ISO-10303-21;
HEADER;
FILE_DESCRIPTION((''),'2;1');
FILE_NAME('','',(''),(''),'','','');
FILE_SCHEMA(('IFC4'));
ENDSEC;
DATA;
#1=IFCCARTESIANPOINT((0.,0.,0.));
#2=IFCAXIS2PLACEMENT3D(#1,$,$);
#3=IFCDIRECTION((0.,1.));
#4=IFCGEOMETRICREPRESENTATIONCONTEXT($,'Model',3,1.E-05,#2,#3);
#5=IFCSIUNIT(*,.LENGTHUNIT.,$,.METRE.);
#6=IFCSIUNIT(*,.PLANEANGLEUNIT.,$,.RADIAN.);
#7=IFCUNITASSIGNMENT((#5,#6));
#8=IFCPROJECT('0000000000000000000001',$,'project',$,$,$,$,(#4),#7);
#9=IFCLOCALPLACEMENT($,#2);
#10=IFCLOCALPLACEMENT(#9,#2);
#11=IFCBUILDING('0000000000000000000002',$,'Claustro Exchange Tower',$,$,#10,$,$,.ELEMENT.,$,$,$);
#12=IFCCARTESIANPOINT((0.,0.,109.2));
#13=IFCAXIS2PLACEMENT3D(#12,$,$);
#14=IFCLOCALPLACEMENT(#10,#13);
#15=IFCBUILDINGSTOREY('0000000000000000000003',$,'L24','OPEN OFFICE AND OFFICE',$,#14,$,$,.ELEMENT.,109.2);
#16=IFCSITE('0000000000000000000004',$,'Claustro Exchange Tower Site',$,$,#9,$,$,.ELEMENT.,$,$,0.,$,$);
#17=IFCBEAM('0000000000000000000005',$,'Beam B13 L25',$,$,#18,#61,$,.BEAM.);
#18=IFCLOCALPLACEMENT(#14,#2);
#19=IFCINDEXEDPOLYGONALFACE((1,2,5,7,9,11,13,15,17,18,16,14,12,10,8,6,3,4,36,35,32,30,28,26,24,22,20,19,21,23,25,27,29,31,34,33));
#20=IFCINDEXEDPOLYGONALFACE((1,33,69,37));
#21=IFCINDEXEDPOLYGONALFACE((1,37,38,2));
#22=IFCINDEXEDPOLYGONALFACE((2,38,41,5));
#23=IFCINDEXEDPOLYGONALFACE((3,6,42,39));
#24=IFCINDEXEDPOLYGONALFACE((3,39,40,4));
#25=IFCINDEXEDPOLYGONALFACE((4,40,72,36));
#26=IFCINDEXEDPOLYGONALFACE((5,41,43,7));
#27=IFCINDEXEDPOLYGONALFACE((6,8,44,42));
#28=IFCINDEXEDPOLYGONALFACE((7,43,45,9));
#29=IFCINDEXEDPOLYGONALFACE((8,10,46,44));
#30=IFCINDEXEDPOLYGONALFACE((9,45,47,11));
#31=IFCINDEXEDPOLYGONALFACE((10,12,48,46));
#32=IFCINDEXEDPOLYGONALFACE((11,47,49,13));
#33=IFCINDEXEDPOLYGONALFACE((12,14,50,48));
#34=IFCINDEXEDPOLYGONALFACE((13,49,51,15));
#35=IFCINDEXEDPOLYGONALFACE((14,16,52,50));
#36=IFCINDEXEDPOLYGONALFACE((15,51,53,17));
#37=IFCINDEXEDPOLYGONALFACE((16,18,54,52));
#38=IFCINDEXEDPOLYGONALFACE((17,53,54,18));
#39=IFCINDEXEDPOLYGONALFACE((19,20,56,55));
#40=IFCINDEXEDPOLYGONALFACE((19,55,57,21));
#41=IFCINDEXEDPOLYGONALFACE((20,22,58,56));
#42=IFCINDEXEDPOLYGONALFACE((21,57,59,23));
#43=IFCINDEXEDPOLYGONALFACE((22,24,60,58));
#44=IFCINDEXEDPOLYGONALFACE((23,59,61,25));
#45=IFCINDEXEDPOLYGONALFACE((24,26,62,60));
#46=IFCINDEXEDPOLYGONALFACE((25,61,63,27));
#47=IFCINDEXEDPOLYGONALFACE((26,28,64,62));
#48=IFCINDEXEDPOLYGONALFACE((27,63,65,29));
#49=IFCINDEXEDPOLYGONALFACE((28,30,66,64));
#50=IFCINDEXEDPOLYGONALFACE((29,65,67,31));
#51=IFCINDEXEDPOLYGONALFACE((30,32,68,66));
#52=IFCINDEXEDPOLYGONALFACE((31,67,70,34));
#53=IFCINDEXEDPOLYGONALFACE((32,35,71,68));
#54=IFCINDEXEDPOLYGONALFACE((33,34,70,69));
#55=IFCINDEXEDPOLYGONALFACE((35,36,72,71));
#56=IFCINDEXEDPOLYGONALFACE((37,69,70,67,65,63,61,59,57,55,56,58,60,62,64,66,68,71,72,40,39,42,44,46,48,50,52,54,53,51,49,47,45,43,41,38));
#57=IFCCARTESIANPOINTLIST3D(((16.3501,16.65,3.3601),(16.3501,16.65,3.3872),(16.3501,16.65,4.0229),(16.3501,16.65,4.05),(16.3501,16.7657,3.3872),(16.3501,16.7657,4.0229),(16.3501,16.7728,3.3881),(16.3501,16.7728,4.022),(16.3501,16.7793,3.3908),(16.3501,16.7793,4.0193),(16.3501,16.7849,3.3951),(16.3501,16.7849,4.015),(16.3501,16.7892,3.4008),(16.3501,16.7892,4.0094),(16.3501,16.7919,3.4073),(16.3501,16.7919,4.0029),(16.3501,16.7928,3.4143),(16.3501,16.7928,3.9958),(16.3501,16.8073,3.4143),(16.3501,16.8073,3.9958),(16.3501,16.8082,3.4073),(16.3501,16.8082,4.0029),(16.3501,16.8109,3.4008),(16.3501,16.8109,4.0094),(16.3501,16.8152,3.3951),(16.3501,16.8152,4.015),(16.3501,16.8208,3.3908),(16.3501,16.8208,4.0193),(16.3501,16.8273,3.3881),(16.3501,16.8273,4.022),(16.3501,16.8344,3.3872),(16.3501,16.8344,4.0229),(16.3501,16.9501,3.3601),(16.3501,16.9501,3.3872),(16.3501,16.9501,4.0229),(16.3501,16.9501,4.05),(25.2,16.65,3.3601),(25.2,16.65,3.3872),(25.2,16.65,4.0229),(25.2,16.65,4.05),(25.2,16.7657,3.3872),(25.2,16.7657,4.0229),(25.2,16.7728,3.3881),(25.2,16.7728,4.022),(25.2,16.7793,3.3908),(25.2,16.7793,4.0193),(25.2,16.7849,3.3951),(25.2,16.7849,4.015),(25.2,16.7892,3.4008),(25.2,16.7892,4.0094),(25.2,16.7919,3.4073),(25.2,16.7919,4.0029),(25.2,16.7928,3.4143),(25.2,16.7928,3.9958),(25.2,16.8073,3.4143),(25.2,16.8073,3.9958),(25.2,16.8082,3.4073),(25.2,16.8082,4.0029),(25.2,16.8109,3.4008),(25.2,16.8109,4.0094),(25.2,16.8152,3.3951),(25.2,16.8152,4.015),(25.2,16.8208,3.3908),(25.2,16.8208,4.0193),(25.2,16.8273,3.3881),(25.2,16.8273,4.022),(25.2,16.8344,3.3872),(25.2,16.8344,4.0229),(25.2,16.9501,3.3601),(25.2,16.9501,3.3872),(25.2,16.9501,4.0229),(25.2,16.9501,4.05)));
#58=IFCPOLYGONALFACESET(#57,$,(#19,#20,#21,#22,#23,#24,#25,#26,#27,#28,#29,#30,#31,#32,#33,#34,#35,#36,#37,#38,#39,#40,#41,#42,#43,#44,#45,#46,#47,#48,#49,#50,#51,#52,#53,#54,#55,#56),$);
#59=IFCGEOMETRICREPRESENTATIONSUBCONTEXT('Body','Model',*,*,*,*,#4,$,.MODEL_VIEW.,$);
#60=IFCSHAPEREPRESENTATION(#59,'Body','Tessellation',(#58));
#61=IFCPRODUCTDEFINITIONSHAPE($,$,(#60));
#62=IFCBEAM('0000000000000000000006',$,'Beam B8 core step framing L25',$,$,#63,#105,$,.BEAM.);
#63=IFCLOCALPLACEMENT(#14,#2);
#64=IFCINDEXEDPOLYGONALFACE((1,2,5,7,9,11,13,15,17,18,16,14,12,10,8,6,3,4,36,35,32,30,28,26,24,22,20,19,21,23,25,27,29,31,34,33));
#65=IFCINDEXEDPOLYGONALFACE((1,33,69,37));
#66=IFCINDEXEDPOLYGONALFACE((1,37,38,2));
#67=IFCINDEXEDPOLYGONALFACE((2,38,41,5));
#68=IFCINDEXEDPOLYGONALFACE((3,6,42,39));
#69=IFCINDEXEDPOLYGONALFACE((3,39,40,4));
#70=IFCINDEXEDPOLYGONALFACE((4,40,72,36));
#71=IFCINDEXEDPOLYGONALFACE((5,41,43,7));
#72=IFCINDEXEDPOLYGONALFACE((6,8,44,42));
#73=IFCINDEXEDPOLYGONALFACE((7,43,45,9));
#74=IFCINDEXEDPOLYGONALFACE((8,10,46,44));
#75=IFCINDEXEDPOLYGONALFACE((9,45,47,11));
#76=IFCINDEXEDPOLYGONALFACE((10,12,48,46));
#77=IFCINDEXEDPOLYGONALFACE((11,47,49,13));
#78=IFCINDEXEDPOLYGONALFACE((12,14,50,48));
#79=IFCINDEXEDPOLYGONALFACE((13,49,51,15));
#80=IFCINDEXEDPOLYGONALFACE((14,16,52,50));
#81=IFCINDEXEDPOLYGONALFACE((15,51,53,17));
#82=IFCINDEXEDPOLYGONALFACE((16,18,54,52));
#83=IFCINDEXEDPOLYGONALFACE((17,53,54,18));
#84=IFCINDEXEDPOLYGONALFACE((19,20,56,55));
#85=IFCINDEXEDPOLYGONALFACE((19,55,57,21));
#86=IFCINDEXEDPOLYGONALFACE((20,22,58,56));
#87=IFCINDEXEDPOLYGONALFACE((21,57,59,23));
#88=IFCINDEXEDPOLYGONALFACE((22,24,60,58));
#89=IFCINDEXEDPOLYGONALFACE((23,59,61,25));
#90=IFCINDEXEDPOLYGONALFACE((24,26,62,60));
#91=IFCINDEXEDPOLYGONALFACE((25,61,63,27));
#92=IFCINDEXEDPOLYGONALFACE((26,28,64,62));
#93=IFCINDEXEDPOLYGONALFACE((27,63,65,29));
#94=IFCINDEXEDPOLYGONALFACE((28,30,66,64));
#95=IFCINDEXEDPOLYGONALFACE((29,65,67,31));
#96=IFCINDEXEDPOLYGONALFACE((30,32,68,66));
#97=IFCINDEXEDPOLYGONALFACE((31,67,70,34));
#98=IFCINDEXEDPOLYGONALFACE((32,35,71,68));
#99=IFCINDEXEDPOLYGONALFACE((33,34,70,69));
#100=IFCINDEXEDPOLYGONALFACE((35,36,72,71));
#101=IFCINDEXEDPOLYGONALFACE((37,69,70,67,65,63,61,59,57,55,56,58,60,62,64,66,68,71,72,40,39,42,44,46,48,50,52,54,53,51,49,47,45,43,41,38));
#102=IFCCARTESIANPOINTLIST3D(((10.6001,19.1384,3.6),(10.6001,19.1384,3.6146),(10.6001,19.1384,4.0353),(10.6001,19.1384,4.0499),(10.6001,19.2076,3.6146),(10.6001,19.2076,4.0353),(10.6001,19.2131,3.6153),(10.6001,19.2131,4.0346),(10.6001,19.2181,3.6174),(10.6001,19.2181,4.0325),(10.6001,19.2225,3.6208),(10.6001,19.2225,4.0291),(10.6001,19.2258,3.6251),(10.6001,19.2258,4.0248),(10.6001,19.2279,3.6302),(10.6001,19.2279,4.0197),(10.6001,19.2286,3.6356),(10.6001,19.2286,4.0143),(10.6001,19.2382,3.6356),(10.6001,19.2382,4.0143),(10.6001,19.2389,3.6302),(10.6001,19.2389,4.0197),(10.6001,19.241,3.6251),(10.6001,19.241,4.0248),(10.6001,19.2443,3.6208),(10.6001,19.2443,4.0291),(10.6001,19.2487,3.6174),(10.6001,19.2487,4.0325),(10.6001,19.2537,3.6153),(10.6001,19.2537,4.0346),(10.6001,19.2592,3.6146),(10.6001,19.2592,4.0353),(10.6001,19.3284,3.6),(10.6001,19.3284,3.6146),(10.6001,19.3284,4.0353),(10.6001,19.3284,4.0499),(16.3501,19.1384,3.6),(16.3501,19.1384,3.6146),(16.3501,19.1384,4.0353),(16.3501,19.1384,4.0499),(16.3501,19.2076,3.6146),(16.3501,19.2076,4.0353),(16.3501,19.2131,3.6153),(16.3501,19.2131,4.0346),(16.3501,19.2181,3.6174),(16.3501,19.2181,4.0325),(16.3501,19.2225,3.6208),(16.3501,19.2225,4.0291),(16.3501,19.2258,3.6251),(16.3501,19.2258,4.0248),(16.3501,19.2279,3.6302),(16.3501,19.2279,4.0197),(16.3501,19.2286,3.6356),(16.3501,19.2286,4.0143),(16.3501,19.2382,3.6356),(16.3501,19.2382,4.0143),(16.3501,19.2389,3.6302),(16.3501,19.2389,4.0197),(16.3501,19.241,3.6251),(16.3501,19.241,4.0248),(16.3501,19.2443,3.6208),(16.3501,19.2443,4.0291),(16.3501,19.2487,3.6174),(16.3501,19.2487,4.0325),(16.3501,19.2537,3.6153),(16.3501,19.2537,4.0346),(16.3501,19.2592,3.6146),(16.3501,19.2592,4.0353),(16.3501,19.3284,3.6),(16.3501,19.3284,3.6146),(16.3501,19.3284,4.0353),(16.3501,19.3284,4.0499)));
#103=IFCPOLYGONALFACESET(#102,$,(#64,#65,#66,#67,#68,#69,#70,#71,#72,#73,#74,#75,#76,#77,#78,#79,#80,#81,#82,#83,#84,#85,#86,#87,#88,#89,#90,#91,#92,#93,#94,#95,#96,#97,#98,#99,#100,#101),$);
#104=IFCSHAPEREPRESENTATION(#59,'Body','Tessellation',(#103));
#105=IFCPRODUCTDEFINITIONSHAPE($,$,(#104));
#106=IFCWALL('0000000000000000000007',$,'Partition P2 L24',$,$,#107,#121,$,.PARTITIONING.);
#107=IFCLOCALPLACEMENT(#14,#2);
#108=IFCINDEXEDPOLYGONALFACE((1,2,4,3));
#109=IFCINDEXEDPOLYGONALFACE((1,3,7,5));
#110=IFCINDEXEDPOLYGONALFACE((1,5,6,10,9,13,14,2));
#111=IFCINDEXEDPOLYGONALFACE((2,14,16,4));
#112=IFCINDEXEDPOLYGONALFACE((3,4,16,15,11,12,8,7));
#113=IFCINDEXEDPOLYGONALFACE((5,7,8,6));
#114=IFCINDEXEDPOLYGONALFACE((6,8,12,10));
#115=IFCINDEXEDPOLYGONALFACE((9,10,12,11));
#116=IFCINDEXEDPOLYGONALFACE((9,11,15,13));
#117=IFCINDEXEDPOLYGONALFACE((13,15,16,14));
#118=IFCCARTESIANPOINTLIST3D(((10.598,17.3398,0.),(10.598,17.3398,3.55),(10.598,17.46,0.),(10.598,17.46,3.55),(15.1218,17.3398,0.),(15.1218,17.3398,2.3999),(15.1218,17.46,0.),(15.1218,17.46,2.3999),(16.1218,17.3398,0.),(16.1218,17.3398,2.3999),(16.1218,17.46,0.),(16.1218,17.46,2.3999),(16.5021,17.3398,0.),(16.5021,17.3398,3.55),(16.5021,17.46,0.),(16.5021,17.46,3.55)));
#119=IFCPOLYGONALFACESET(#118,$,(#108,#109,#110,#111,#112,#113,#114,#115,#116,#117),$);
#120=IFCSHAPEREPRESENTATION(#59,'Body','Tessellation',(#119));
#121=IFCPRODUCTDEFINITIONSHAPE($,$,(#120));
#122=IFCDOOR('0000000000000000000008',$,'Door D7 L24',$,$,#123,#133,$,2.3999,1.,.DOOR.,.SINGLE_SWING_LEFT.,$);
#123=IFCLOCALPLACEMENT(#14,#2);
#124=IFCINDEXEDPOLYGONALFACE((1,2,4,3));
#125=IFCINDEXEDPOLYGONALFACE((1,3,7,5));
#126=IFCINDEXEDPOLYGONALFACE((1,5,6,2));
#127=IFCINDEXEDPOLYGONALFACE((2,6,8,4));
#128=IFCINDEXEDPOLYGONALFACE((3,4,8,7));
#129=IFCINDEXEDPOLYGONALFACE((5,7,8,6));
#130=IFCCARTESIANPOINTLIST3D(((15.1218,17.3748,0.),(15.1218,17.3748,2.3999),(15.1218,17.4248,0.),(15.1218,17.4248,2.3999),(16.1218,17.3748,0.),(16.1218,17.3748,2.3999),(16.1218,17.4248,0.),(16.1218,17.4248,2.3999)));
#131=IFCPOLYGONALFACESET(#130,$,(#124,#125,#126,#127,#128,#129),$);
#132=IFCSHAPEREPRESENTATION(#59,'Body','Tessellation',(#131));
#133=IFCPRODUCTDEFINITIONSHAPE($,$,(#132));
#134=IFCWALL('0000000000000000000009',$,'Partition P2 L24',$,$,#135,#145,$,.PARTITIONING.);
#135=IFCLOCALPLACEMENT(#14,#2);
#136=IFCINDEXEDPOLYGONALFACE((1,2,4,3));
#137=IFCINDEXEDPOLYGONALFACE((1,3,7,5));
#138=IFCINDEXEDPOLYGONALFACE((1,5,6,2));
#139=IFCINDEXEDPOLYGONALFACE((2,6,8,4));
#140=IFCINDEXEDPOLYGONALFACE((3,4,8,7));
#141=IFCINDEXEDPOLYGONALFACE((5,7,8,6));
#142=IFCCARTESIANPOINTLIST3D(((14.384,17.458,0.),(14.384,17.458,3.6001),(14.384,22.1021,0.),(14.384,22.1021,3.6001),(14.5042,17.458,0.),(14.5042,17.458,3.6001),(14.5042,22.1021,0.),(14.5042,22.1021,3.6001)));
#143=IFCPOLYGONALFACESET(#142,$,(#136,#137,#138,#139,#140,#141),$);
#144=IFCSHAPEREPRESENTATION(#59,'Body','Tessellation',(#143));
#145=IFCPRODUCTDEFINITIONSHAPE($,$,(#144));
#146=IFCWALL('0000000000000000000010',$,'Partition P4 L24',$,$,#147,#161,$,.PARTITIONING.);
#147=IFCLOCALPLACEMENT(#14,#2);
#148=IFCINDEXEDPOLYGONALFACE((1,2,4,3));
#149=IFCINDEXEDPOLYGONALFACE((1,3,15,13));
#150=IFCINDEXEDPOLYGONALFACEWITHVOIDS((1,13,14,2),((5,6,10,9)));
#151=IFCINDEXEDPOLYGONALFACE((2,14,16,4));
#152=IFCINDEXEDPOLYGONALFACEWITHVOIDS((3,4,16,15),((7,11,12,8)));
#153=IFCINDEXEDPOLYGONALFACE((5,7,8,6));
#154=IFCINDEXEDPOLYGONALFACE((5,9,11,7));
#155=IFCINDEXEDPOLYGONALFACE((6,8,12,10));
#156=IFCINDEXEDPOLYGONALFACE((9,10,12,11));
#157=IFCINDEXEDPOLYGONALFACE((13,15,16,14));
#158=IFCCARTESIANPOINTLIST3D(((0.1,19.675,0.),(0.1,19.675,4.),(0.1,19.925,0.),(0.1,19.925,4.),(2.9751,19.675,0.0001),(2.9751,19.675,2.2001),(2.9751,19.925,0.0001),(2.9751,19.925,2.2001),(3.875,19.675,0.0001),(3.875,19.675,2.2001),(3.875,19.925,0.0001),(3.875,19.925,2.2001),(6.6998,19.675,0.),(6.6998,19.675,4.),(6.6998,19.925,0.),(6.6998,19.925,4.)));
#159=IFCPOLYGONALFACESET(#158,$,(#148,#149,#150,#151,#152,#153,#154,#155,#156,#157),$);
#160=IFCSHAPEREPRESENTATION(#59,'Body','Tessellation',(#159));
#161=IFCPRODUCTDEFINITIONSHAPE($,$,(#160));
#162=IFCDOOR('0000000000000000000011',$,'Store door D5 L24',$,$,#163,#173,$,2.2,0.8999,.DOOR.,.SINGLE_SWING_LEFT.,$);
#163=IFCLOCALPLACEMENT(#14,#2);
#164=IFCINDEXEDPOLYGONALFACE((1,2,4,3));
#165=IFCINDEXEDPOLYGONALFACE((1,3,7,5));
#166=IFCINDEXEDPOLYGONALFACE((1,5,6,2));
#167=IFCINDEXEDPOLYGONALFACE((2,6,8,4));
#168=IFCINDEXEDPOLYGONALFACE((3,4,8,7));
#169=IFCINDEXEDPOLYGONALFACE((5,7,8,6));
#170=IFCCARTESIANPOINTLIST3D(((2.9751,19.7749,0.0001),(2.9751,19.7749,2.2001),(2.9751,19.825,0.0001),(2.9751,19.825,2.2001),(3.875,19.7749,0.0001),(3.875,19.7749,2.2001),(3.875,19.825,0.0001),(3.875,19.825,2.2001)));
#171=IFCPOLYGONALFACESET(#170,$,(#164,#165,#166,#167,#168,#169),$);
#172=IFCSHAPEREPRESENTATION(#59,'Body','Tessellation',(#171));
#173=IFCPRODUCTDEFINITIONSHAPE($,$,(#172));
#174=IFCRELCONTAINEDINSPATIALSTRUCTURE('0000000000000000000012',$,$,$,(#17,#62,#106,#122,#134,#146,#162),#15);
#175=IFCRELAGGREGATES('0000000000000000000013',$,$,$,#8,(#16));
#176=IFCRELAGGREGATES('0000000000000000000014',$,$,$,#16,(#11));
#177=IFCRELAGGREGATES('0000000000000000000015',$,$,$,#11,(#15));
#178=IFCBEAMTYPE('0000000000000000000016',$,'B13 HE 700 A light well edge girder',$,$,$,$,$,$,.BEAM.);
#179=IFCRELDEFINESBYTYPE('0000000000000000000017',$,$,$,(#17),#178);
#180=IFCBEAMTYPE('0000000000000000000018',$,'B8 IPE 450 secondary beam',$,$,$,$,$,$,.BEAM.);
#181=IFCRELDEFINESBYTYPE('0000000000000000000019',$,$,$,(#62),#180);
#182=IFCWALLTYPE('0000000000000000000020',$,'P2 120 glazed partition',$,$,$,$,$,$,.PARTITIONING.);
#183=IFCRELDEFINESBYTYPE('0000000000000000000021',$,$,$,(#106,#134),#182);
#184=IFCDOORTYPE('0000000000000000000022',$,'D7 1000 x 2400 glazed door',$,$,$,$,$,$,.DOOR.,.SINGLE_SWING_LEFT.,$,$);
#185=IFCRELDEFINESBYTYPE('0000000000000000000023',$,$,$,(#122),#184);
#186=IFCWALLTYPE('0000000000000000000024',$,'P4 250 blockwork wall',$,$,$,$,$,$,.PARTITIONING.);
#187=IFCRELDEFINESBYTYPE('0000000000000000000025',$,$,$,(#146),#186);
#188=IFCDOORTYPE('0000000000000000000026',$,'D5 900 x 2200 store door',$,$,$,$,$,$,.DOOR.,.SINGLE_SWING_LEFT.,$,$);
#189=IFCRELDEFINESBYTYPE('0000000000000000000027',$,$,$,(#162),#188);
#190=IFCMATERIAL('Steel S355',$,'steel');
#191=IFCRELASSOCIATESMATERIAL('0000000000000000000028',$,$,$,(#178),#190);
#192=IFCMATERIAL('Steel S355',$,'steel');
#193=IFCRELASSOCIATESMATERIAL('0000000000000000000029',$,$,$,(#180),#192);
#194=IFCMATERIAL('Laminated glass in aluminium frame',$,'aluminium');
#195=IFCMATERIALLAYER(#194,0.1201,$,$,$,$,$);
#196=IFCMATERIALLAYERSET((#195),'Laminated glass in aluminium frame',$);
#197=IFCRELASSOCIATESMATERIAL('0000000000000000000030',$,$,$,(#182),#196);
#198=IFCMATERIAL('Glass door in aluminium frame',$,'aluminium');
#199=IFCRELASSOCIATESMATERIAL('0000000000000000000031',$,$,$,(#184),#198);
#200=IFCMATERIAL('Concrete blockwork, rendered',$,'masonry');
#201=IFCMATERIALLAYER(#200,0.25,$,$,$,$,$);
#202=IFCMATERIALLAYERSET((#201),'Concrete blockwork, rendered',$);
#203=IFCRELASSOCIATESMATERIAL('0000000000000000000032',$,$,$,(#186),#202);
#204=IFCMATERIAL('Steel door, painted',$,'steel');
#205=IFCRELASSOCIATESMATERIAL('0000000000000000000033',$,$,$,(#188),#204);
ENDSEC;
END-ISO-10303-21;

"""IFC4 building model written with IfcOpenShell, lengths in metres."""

from ifc_helpers import new_model, si_unit, direction, frame, frame_2d, origin, origin_2d, place, context, subcontext, project, spatial, rectangle, i_section, extrude, material, layer, layer_set, material_profile, profile_set, type_object, element, fill, save


model = new_model("IFC4")

# Units and contexts
model_context = context("Model", 3, precision=1e-05, world=origin(), true_north=direction((0.0, 1.0)))
body_context = subcontext(model_context, "Body", "Model", "MODEL_VIEW")
ifc_project = project(units=[si_unit("LENGTHUNIT", "METRE"), si_unit("PLANEANGLEUNIT", "RADIAN")], contexts=[model_context])

# Site, building, storey
site_placement = place(None, origin())
site = spatial("IfcSite", under=ifc_project, at=site_placement, Name="Claustro Exchange Tower Site", CompositionType="ELEMENT", RefElevation=0.0)
building_placement = place(site_placement, origin())
building = spatial("IfcBuilding", under=site, at=building_placement, Name="Claustro Exchange Tower", CompositionType="ELEMENT")
storey_placement = place(building_placement, frame((0.0, 0.0, 109.2)))
storey = spatial("IfcBuildingStorey", under=building, at=storey_placement, Name="L24", Description="OPEN OFFICE AND OFFICE", CompositionType="ELEMENT", Elevation=109.2)

# Beams
ifc_material_1 = material(Name="Steel S355", Category="steel")
ifc_material_profile_1 = material_profile(ifc_material_1, i_section(OverallWidth=0.3, OverallDepth=0.6899, WebThickness=0.0144, FlangeThickness=0.0271, FilletRadius=0.0271, at=origin_2d()), Name="HE 700 A")
ifc_profile_set_1 = profile_set([ifc_material_profile_1], Name="Steel S355")
beam_type_1 = type_object("IfcBeamType", Name="B13 HE 700 A light well edge girder", PredefinedType="BEAM", material=ifc_profile_set_1)
beam_1_placement = place(storey_placement, frame((16.3501, 16.8, 3.7051), z_axis=(1.0, 0.0, 0.0), x_axis=(0.0, 1.0, 0.0)))
element("IfcBeam", 1, at=beam_1_placement, inside=storey, type_object=beam_type_1, Name="Beam B13 L25", PredefinedType="BEAM", context=body_context, shape_type="SweptSolid", body=[
    extrude(i_section(OverallWidth=0.3, OverallDepth=0.6899, WebThickness=0.0144, FlangeThickness=0.0271, FilletRadius=0.0271, at=origin_2d()), origin(), (0.0, 0.0, 1.0), 8.8499),
])
ifc_material_2 = material(Name="Steel S355", Category="steel")
ifc_material_profile_2 = material_profile(ifc_material_2, i_section(OverallWidth=0.1899, OverallDepth=0.45, WebThickness=0.0095, FlangeThickness=0.0146, FilletRadius=0.021, at=origin_2d()), Name="IPE 450")
ifc_profile_set_2 = profile_set([ifc_material_profile_2], Name="Steel S355")
beam_type_2 = type_object("IfcBeamType", Name="B8 IPE 450 secondary beam", PredefinedType="BEAM", material=ifc_profile_set_2)
beam_2_placement = place(storey_placement, frame((10.6001, 19.2334, 3.825), z_axis=(1.0, 0.0, 0.0), x_axis=(0.0, 1.0, 0.0)))
element("IfcBeam", 2, at=beam_2_placement, inside=storey, type_object=beam_type_2, Name="Beam B8 core step framing L25", PredefinedType="BEAM", context=body_context, shape_type="SweptSolid", body=[
    extrude(i_section(OverallWidth=0.1899, OverallDepth=0.45, WebThickness=0.0095, FlangeThickness=0.0146, FilletRadius=0.021, at=origin_2d()), origin(), (0.0, 0.0, 1.0), 5.75),
])

# Wall, opening, door
ifc_material_3 = material(Name="Laminated glass in aluminium frame", Category="aluminium")
ifc_layer_1 = layer(ifc_material_3, 0.1201)
ifc_layer_set_1 = layer_set([ifc_layer_1], Name="Laminated glass in aluminium frame")
wall_type_1 = type_object("IfcWallType", Name="P2 120 glazed partition", PredefinedType="PARTITIONING", material=ifc_layer_set_1)
wall_1_placement = place(storey_placement, frame((10.5979, 17.3999, 0.0), z_axis=(0.0, 0.0, 1.0), x_axis=(1.0, 0.0, 0.0)))
wall_1 = element("IfcWall", 3, at=wall_1_placement, inside=storey, type_object=wall_type_1, Name="Partition P2 L24", PredefinedType="PARTITIONING", context=body_context, shape_type="SweptSolid", body=[
    extrude(rectangle(XDim=5.9041, YDim=0.1201, at=frame_2d((2.9521, 0.0))), origin(), (0.0, 0.0, 1.0), 3.55),
])
opening_1_placement = place(wall_1_placement, frame((4.5239, 0.0, 0.0)))
opening_1 = element("IfcOpeningElement", 4, at=opening_1_placement, cuts=wall_1, PredefinedType="OPENING", context=body_context, shape_type="SweptSolid", body=[
    extrude(rectangle(XDim=1.0, YDim=2.3999, at=frame_2d((0.5, 1.2))), frame((0.0, 0.0701, 0.0), z_axis=(0.0, -1.0, 0.0), x_axis=(1.0, 0.0, 0.0)), (0.0, 0.0, 1.0), 0.1401),
])
ifc_material_4 = material(Name="Glass door in aluminium frame", Category="aluminium")
door_type_1 = type_object("IfcDoorType", Name="D7 1000 x 2400 glazed door", OperationType="SINGLE_SWING_LEFT", PredefinedType="DOOR", material=ifc_material_4)
door_1_placement = place(opening_1_placement, origin())
door_1 = element("IfcDoor", 5, at=door_1_placement, inside=storey, type_object=door_type_1, Name="Door D7 L24", OperationType="SINGLE_SWING_LEFT", OverallHeight=2.3999, OverallWidth=1.0, PredefinedType="DOOR", context=body_context, shape_type="SweptSolid", body=[
    extrude(rectangle(XDim=1.0, YDim=2.3999, at=frame_2d((0.5, 1.2))), frame((0.0, 0.0249, 0.0), z_axis=(0.0, -1.0, 0.0), x_axis=(1.0, 0.0, 0.0)), (0.0, 0.0, 1.0), 0.05),
])
fill(opening_1, door_1)

# Wall
wall_2_placement = place(storey_placement, frame((14.4441, 17.458, 0.0), z_axis=(0.0, 0.0, 1.0), x_axis=(0.0, 1.0, 0.0)))
element("IfcWall", 6, at=wall_2_placement, inside=storey, type_object=wall_type_1, Name="Partition P2 L24", PredefinedType="PARTITIONING", context=body_context, shape_type="SweptSolid", body=[
    extrude(rectangle(XDim=4.644, YDim=0.1201, at=frame_2d((2.322, 0.0))), origin(), (0.0, 0.0, 1.0), 3.6001),
])

# Wall, opening, door
ifc_material_5 = material(Name="Concrete blockwork, rendered", Category="masonry")
ifc_layer_2 = layer(ifc_material_5, 0.25)
ifc_layer_set_2 = layer_set([ifc_layer_2], Name="Concrete blockwork, rendered")
wall_type_2 = type_object("IfcWallType", Name="P4 250 blockwork wall", PredefinedType="PARTITIONING", material=ifc_layer_set_2)
wall_3_placement = place(storey_placement, frame((0.1001, 19.8, 0.0), z_axis=(0.0, 0.0, 1.0), x_axis=(1.0, 0.0, 0.0)))
wall_3 = element("IfcWall", 7, at=wall_3_placement, inside=storey, type_object=wall_type_2, Name="Partition P4 L24", PredefinedType="PARTITIONING", context=body_context, shape_type="SweptSolid", body=[
    extrude(rectangle(XDim=6.5999, YDim=0.25, at=frame_2d((3.2998, 0.0))), origin(), (0.0, 0.0, 1.0), 4.0),
])
opening_2_placement = place(wall_3_placement, frame((2.875, 0.0, 0.0)))
opening_2 = element("IfcOpeningElement", 8, at=opening_2_placement, cuts=wall_3, PredefinedType="OPENING", context=body_context, shape_type="SweptSolid", body=[
    extrude(rectangle(XDim=0.8999, YDim=2.2, at=frame_2d((0.45, 1.1001))), frame((0.0, 0.135, 0.0), z_axis=(0.0, -1.0, 0.0), x_axis=(1.0, 0.0, 0.0)), (0.0, 0.0, 1.0), 0.27),
])
ifc_material_6 = material(Name="Steel door, painted", Category="steel")
door_type_2 = type_object("IfcDoorType", Name="D5 900 x 2200 store door", OperationType="SINGLE_SWING_LEFT", PredefinedType="DOOR", material=ifc_material_6)
door_2_placement = place(opening_2_placement, origin())
door_2 = element("IfcDoor", 9, at=door_2_placement, inside=storey, type_object=door_type_2, Name="Store door D5 L24", OperationType="SINGLE_SWING_LEFT", OverallHeight=2.2, OverallWidth=0.8999, PredefinedType="DOOR", context=body_context, shape_type="SweptSolid", body=[
    extrude(rectangle(XDim=0.8999, YDim=2.2, at=frame_2d((0.45, 1.1001))), frame((0.0, 0.0249, 0.0), z_axis=(0.0, -1.0, 0.0), x_axis=(1.0, 0.0, 0.0)), (0.0, 0.0, 1.0), 0.05),
])
fill(opening_2, door_2)

save(model, "model.ifc")
